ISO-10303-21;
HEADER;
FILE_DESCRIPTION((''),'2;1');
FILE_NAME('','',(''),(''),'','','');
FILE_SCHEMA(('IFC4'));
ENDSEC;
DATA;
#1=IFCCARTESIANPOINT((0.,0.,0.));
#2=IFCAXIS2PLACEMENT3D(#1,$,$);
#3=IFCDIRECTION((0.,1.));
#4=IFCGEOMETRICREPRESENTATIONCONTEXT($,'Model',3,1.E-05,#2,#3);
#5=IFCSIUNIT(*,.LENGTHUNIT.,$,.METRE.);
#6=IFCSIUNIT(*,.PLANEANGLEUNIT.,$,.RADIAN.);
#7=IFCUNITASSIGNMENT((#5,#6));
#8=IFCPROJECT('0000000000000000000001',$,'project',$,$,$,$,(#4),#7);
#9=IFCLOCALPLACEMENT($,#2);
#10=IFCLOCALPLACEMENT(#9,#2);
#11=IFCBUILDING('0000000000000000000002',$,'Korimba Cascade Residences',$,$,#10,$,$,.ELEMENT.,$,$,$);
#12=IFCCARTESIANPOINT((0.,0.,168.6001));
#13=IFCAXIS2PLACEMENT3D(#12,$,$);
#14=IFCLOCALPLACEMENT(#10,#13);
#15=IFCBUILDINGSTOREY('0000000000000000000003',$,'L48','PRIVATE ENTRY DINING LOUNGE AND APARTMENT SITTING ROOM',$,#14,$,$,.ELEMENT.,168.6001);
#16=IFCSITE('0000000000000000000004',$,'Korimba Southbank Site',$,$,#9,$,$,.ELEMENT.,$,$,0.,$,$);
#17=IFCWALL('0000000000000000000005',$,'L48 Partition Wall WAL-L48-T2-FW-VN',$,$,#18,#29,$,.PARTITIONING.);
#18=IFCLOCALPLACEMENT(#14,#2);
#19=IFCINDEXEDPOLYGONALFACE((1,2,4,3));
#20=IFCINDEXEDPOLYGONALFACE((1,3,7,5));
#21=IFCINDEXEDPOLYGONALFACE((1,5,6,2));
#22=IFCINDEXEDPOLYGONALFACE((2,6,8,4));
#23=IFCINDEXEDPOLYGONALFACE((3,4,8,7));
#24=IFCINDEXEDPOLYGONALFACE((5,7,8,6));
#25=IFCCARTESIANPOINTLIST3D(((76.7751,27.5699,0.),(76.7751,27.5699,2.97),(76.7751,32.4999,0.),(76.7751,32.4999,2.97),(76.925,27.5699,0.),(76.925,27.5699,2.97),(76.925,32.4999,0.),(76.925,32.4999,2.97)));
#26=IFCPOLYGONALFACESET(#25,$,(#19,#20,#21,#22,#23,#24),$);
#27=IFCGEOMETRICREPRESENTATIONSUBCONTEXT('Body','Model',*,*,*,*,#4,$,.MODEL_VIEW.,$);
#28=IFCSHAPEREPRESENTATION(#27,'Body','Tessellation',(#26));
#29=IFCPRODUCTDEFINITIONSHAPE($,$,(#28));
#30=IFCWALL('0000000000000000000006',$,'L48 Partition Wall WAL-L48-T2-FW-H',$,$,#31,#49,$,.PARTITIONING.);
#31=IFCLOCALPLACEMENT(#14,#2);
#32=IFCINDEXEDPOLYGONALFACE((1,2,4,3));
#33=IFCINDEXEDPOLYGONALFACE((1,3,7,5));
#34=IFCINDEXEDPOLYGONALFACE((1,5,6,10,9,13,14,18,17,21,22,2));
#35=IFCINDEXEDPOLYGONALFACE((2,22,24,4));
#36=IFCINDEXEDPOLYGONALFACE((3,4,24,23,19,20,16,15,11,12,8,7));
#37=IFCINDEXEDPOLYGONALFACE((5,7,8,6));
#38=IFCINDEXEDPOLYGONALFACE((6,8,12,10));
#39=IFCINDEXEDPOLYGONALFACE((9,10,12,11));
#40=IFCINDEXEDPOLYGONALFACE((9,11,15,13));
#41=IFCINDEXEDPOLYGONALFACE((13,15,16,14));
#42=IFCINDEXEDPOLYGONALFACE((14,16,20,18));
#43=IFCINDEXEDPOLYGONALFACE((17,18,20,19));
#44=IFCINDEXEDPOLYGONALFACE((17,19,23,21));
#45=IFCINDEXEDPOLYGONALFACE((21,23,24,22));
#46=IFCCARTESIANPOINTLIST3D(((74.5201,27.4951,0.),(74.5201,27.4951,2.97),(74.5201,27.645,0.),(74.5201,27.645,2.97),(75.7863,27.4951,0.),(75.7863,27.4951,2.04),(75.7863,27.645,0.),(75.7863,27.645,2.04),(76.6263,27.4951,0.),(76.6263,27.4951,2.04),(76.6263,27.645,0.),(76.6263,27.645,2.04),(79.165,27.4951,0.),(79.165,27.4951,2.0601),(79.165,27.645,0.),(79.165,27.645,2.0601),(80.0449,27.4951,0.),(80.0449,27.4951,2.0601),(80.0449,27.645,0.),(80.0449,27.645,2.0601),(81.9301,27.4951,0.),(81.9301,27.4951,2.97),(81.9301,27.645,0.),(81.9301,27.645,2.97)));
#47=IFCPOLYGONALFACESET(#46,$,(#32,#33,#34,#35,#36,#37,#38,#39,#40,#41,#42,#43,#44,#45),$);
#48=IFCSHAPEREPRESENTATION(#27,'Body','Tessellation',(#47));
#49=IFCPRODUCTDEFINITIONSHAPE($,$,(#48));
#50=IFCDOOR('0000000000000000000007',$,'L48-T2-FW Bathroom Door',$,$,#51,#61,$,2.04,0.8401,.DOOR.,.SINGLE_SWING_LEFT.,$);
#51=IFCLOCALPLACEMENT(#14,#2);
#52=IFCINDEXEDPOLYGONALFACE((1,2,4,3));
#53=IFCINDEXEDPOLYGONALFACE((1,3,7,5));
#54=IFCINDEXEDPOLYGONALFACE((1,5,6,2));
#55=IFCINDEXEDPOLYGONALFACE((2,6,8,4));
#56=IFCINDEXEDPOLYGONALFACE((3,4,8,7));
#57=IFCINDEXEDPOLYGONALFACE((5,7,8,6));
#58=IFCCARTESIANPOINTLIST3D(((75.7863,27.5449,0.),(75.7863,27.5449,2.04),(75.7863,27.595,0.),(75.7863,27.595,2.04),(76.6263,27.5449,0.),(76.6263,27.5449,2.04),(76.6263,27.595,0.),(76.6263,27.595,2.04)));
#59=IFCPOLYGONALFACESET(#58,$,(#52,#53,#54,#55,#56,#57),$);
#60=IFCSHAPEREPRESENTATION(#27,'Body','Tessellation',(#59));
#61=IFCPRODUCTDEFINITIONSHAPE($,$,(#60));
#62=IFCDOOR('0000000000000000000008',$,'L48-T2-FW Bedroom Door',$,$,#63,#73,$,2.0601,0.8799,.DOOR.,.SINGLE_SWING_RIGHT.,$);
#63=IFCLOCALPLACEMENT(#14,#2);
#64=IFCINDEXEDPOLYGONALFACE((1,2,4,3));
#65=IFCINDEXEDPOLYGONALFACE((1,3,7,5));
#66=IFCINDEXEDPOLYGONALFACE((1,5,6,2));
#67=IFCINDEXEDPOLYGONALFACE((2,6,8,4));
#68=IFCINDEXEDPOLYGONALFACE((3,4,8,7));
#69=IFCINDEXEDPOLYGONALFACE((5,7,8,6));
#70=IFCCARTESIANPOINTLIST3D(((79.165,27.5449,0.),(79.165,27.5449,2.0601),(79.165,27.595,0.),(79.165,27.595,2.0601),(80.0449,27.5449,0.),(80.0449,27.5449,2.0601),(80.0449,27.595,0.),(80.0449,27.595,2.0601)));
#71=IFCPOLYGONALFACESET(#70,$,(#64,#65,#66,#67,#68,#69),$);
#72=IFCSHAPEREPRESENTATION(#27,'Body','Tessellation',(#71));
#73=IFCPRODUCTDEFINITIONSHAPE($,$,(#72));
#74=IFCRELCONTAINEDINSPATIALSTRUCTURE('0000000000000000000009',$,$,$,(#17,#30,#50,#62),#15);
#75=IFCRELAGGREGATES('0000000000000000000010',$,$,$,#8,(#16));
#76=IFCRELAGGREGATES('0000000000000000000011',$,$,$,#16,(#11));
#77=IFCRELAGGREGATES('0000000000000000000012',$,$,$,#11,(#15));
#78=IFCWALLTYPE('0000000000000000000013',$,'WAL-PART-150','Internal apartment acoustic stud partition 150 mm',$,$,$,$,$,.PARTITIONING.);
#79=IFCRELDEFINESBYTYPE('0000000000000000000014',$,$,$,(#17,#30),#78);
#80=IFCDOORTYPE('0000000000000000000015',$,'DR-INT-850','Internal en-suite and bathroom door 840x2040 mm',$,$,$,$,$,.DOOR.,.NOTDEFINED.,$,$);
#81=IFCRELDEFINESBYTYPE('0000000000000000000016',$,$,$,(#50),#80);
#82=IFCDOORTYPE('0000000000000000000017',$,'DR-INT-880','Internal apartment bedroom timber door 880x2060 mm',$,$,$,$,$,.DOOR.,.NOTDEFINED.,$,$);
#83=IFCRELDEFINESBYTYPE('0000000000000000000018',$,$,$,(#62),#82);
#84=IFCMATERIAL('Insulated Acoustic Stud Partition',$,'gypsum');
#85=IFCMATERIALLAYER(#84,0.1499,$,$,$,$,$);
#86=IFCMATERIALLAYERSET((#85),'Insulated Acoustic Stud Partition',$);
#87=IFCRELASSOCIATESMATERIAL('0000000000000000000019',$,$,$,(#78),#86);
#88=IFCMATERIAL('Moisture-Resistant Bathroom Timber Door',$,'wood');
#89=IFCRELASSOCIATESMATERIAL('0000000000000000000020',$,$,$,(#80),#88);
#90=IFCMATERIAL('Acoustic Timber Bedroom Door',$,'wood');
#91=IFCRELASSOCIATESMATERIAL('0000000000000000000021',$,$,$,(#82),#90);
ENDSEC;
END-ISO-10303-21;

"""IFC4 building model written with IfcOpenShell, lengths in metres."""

from ifc_helpers import new_model, si_unit, direction, frame, frame_2d, origin, place, context, subcontext, project, spatial, rectangle, extrude, material, layer, layer_set, type_object, element, fill, save


model = new_model("IFC4")

# Units and contexts
model_context = context("Model", 3, precision=1e-05, world=origin(), true_north=direction((0.0, 1.0)))
body_context = subcontext(model_context, "Body", "Model", "MODEL_VIEW")
ifc_project = project(units=[si_unit("LENGTHUNIT", "METRE"), si_unit("PLANEANGLEUNIT", "RADIAN")], contexts=[model_context])

# Site, building, storey
site_placement = place(None, origin())
site = spatial("IfcSite", under=ifc_project, at=site_placement, Name="Korimba Southbank Site", CompositionType="ELEMENT", RefElevation=0.0)
building_placement = place(site_placement, origin())
building = spatial("IfcBuilding", under=site, at=building_placement, Name="Korimba Cascade Residences", CompositionType="ELEMENT")
storey_placement = place(building_placement, frame((0.0, 0.0, 168.6001)))
storey = spatial("IfcBuildingStorey", under=building, at=storey_placement, Name="L48", Description="PRIVATE ENTRY DINING LOUNGE AND APARTMENT SITTING ROOM", CompositionType="ELEMENT", Elevation=168.6001)

# Wall
ifc_material_1 = material(Name="Insulated Acoustic Stud Partition", Category="gypsum")
ifc_layer_1 = layer(ifc_material_1, 0.1499)
ifc_layer_set_1 = layer_set([ifc_layer_1], Name="Insulated Acoustic Stud Partition")
wall_type_1 = type_object("IfcWallType", Name="WAL-PART-150", Description="Internal apartment acoustic stud partition 150 mm", PredefinedType="PARTITIONING", material=ifc_layer_set_1)
wall_1_placement = place(storey_placement, frame((76.8501, 27.5701, 0.0), z_axis=(0.0, 0.0, 1.0), x_axis=(0.0, 1.0, 0.0)))
element("IfcWall", 1, at=wall_1_placement, inside=storey, type_object=wall_type_1, Name="L48 Partition Wall WAL-L48-T2-FW-VN", PredefinedType="PARTITIONING", context=body_context, shape_type="SweptSolid", body=[
    extrude(rectangle(XDim=4.9299, YDim=0.1499, at=frame_2d((2.4648, 0.0))), origin(), (0.0, 0.0, 1.0), 2.97),
])

# Wall, openings, doors
wall_2_placement = place(storey_placement, frame((74.52, 27.5701, 0.0), z_axis=(0.0, 0.0, 1.0), x_axis=(1.0, 0.0, 0.0)))
wall_2 = element("IfcWall", 2, at=wall_2_placement, inside=storey, type_object=wall_type_1, Name="L48 Partition Wall WAL-L48-T2-FW-H", PredefinedType="PARTITIONING", context=body_context, shape_type="SweptSolid", body=[
    extrude(rectangle(XDim=7.4099, YDim=0.1499, at=frame_2d((3.7051, 0.0))), origin(), (0.0, 0.0, 1.0), 2.97),
])
opening_1_placement = place(wall_2_placement, frame((1.2664, 0.0, 0.0)))
opening_1 = element("IfcOpeningElement", 3, at=opening_1_placement, cuts=wall_2, PredefinedType="OPENING", context=body_context, shape_type="SweptSolid", body=[
    extrude(rectangle(XDim=0.8401, YDim=2.04, at=frame_2d((0.4199, 1.02))), frame((0.0, 0.085, 0.0), z_axis=(0.0, -1.0, 0.0), x_axis=(1.0, 0.0, 0.0)), (0.0, 0.0, 1.0), 0.1699),
])
opening_2_placement = place(wall_2_placement, frame((4.645, 0.0, 0.0)))
opening_2 = element("IfcOpeningElement", 4, at=opening_2_placement, cuts=wall_2, PredefinedType="OPENING", context=body_context, shape_type="SweptSolid", body=[
    extrude(rectangle(XDim=0.8799, YDim=2.0601, at=frame_2d((0.4399, 1.03))), frame((0.0, 0.085, 0.0), z_axis=(0.0, -1.0, 0.0), x_axis=(1.0, 0.0, 0.0)), (0.0, 0.0, 1.0), 0.1699),
])
ifc_material_2 = material(Name="Moisture-Resistant Bathroom Timber Door", Category="wood")
door_type_1 = type_object("IfcDoorType", Name="DR-INT-850", Description="Internal en-suite and bathroom door 840x2040 mm", OperationType="NOTDEFINED", PredefinedType="DOOR", material=ifc_material_2)
door_1_placement = place(opening_1_placement, origin())
door_1 = element("IfcDoor", 5, at=door_1_placement, inside=storey, type_object=door_type_1, Name="L48-T2-FW Bathroom Door", OperationType="SINGLE_SWING_LEFT", OverallHeight=2.04, OverallWidth=0.8401, PredefinedType="DOOR", context=body_context, shape_type="SweptSolid", body=[
    extrude(rectangle(XDim=0.8401, YDim=2.04, at=frame_2d((0.4199, 1.02))), frame((0.0, 0.0249, 0.0), z_axis=(0.0, -1.0, 0.0), x_axis=(1.0, 0.0, 0.0)), (0.0, 0.0, 1.0), 0.05),
])
fill(opening_1, door_1)
ifc_material_3 = material(Name="Acoustic Timber Bedroom Door", Category="wood")
door_type_2 = type_object("IfcDoorType", Name="DR-INT-880", Description="Internal apartment bedroom timber door 880x2060 mm", OperationType="NOTDEFINED", PredefinedType="DOOR", material=ifc_material_3)
door_2_placement = place(opening_2_placement, origin())
door_2 = element("IfcDoor", 6, at=door_2_placement, inside=storey, type_object=door_type_2, Name="L48-T2-FW Bedroom Door", OperationType="SINGLE_SWING_RIGHT", OverallHeight=2.0601, OverallWidth=0.8799, PredefinedType="DOOR", context=body_context, shape_type="SweptSolid", body=[
    extrude(rectangle(XDim=0.8799, YDim=2.0601, at=frame_2d((0.4399, 1.03))), frame((0.0, 0.0249, 0.0), z_axis=(0.0, -1.0, 0.0), x_axis=(1.0, 0.0, 0.0)), (0.0, 0.0, 1.0), 0.05),
])
fill(opening_2, door_2)

save(model, "model.ifc")
